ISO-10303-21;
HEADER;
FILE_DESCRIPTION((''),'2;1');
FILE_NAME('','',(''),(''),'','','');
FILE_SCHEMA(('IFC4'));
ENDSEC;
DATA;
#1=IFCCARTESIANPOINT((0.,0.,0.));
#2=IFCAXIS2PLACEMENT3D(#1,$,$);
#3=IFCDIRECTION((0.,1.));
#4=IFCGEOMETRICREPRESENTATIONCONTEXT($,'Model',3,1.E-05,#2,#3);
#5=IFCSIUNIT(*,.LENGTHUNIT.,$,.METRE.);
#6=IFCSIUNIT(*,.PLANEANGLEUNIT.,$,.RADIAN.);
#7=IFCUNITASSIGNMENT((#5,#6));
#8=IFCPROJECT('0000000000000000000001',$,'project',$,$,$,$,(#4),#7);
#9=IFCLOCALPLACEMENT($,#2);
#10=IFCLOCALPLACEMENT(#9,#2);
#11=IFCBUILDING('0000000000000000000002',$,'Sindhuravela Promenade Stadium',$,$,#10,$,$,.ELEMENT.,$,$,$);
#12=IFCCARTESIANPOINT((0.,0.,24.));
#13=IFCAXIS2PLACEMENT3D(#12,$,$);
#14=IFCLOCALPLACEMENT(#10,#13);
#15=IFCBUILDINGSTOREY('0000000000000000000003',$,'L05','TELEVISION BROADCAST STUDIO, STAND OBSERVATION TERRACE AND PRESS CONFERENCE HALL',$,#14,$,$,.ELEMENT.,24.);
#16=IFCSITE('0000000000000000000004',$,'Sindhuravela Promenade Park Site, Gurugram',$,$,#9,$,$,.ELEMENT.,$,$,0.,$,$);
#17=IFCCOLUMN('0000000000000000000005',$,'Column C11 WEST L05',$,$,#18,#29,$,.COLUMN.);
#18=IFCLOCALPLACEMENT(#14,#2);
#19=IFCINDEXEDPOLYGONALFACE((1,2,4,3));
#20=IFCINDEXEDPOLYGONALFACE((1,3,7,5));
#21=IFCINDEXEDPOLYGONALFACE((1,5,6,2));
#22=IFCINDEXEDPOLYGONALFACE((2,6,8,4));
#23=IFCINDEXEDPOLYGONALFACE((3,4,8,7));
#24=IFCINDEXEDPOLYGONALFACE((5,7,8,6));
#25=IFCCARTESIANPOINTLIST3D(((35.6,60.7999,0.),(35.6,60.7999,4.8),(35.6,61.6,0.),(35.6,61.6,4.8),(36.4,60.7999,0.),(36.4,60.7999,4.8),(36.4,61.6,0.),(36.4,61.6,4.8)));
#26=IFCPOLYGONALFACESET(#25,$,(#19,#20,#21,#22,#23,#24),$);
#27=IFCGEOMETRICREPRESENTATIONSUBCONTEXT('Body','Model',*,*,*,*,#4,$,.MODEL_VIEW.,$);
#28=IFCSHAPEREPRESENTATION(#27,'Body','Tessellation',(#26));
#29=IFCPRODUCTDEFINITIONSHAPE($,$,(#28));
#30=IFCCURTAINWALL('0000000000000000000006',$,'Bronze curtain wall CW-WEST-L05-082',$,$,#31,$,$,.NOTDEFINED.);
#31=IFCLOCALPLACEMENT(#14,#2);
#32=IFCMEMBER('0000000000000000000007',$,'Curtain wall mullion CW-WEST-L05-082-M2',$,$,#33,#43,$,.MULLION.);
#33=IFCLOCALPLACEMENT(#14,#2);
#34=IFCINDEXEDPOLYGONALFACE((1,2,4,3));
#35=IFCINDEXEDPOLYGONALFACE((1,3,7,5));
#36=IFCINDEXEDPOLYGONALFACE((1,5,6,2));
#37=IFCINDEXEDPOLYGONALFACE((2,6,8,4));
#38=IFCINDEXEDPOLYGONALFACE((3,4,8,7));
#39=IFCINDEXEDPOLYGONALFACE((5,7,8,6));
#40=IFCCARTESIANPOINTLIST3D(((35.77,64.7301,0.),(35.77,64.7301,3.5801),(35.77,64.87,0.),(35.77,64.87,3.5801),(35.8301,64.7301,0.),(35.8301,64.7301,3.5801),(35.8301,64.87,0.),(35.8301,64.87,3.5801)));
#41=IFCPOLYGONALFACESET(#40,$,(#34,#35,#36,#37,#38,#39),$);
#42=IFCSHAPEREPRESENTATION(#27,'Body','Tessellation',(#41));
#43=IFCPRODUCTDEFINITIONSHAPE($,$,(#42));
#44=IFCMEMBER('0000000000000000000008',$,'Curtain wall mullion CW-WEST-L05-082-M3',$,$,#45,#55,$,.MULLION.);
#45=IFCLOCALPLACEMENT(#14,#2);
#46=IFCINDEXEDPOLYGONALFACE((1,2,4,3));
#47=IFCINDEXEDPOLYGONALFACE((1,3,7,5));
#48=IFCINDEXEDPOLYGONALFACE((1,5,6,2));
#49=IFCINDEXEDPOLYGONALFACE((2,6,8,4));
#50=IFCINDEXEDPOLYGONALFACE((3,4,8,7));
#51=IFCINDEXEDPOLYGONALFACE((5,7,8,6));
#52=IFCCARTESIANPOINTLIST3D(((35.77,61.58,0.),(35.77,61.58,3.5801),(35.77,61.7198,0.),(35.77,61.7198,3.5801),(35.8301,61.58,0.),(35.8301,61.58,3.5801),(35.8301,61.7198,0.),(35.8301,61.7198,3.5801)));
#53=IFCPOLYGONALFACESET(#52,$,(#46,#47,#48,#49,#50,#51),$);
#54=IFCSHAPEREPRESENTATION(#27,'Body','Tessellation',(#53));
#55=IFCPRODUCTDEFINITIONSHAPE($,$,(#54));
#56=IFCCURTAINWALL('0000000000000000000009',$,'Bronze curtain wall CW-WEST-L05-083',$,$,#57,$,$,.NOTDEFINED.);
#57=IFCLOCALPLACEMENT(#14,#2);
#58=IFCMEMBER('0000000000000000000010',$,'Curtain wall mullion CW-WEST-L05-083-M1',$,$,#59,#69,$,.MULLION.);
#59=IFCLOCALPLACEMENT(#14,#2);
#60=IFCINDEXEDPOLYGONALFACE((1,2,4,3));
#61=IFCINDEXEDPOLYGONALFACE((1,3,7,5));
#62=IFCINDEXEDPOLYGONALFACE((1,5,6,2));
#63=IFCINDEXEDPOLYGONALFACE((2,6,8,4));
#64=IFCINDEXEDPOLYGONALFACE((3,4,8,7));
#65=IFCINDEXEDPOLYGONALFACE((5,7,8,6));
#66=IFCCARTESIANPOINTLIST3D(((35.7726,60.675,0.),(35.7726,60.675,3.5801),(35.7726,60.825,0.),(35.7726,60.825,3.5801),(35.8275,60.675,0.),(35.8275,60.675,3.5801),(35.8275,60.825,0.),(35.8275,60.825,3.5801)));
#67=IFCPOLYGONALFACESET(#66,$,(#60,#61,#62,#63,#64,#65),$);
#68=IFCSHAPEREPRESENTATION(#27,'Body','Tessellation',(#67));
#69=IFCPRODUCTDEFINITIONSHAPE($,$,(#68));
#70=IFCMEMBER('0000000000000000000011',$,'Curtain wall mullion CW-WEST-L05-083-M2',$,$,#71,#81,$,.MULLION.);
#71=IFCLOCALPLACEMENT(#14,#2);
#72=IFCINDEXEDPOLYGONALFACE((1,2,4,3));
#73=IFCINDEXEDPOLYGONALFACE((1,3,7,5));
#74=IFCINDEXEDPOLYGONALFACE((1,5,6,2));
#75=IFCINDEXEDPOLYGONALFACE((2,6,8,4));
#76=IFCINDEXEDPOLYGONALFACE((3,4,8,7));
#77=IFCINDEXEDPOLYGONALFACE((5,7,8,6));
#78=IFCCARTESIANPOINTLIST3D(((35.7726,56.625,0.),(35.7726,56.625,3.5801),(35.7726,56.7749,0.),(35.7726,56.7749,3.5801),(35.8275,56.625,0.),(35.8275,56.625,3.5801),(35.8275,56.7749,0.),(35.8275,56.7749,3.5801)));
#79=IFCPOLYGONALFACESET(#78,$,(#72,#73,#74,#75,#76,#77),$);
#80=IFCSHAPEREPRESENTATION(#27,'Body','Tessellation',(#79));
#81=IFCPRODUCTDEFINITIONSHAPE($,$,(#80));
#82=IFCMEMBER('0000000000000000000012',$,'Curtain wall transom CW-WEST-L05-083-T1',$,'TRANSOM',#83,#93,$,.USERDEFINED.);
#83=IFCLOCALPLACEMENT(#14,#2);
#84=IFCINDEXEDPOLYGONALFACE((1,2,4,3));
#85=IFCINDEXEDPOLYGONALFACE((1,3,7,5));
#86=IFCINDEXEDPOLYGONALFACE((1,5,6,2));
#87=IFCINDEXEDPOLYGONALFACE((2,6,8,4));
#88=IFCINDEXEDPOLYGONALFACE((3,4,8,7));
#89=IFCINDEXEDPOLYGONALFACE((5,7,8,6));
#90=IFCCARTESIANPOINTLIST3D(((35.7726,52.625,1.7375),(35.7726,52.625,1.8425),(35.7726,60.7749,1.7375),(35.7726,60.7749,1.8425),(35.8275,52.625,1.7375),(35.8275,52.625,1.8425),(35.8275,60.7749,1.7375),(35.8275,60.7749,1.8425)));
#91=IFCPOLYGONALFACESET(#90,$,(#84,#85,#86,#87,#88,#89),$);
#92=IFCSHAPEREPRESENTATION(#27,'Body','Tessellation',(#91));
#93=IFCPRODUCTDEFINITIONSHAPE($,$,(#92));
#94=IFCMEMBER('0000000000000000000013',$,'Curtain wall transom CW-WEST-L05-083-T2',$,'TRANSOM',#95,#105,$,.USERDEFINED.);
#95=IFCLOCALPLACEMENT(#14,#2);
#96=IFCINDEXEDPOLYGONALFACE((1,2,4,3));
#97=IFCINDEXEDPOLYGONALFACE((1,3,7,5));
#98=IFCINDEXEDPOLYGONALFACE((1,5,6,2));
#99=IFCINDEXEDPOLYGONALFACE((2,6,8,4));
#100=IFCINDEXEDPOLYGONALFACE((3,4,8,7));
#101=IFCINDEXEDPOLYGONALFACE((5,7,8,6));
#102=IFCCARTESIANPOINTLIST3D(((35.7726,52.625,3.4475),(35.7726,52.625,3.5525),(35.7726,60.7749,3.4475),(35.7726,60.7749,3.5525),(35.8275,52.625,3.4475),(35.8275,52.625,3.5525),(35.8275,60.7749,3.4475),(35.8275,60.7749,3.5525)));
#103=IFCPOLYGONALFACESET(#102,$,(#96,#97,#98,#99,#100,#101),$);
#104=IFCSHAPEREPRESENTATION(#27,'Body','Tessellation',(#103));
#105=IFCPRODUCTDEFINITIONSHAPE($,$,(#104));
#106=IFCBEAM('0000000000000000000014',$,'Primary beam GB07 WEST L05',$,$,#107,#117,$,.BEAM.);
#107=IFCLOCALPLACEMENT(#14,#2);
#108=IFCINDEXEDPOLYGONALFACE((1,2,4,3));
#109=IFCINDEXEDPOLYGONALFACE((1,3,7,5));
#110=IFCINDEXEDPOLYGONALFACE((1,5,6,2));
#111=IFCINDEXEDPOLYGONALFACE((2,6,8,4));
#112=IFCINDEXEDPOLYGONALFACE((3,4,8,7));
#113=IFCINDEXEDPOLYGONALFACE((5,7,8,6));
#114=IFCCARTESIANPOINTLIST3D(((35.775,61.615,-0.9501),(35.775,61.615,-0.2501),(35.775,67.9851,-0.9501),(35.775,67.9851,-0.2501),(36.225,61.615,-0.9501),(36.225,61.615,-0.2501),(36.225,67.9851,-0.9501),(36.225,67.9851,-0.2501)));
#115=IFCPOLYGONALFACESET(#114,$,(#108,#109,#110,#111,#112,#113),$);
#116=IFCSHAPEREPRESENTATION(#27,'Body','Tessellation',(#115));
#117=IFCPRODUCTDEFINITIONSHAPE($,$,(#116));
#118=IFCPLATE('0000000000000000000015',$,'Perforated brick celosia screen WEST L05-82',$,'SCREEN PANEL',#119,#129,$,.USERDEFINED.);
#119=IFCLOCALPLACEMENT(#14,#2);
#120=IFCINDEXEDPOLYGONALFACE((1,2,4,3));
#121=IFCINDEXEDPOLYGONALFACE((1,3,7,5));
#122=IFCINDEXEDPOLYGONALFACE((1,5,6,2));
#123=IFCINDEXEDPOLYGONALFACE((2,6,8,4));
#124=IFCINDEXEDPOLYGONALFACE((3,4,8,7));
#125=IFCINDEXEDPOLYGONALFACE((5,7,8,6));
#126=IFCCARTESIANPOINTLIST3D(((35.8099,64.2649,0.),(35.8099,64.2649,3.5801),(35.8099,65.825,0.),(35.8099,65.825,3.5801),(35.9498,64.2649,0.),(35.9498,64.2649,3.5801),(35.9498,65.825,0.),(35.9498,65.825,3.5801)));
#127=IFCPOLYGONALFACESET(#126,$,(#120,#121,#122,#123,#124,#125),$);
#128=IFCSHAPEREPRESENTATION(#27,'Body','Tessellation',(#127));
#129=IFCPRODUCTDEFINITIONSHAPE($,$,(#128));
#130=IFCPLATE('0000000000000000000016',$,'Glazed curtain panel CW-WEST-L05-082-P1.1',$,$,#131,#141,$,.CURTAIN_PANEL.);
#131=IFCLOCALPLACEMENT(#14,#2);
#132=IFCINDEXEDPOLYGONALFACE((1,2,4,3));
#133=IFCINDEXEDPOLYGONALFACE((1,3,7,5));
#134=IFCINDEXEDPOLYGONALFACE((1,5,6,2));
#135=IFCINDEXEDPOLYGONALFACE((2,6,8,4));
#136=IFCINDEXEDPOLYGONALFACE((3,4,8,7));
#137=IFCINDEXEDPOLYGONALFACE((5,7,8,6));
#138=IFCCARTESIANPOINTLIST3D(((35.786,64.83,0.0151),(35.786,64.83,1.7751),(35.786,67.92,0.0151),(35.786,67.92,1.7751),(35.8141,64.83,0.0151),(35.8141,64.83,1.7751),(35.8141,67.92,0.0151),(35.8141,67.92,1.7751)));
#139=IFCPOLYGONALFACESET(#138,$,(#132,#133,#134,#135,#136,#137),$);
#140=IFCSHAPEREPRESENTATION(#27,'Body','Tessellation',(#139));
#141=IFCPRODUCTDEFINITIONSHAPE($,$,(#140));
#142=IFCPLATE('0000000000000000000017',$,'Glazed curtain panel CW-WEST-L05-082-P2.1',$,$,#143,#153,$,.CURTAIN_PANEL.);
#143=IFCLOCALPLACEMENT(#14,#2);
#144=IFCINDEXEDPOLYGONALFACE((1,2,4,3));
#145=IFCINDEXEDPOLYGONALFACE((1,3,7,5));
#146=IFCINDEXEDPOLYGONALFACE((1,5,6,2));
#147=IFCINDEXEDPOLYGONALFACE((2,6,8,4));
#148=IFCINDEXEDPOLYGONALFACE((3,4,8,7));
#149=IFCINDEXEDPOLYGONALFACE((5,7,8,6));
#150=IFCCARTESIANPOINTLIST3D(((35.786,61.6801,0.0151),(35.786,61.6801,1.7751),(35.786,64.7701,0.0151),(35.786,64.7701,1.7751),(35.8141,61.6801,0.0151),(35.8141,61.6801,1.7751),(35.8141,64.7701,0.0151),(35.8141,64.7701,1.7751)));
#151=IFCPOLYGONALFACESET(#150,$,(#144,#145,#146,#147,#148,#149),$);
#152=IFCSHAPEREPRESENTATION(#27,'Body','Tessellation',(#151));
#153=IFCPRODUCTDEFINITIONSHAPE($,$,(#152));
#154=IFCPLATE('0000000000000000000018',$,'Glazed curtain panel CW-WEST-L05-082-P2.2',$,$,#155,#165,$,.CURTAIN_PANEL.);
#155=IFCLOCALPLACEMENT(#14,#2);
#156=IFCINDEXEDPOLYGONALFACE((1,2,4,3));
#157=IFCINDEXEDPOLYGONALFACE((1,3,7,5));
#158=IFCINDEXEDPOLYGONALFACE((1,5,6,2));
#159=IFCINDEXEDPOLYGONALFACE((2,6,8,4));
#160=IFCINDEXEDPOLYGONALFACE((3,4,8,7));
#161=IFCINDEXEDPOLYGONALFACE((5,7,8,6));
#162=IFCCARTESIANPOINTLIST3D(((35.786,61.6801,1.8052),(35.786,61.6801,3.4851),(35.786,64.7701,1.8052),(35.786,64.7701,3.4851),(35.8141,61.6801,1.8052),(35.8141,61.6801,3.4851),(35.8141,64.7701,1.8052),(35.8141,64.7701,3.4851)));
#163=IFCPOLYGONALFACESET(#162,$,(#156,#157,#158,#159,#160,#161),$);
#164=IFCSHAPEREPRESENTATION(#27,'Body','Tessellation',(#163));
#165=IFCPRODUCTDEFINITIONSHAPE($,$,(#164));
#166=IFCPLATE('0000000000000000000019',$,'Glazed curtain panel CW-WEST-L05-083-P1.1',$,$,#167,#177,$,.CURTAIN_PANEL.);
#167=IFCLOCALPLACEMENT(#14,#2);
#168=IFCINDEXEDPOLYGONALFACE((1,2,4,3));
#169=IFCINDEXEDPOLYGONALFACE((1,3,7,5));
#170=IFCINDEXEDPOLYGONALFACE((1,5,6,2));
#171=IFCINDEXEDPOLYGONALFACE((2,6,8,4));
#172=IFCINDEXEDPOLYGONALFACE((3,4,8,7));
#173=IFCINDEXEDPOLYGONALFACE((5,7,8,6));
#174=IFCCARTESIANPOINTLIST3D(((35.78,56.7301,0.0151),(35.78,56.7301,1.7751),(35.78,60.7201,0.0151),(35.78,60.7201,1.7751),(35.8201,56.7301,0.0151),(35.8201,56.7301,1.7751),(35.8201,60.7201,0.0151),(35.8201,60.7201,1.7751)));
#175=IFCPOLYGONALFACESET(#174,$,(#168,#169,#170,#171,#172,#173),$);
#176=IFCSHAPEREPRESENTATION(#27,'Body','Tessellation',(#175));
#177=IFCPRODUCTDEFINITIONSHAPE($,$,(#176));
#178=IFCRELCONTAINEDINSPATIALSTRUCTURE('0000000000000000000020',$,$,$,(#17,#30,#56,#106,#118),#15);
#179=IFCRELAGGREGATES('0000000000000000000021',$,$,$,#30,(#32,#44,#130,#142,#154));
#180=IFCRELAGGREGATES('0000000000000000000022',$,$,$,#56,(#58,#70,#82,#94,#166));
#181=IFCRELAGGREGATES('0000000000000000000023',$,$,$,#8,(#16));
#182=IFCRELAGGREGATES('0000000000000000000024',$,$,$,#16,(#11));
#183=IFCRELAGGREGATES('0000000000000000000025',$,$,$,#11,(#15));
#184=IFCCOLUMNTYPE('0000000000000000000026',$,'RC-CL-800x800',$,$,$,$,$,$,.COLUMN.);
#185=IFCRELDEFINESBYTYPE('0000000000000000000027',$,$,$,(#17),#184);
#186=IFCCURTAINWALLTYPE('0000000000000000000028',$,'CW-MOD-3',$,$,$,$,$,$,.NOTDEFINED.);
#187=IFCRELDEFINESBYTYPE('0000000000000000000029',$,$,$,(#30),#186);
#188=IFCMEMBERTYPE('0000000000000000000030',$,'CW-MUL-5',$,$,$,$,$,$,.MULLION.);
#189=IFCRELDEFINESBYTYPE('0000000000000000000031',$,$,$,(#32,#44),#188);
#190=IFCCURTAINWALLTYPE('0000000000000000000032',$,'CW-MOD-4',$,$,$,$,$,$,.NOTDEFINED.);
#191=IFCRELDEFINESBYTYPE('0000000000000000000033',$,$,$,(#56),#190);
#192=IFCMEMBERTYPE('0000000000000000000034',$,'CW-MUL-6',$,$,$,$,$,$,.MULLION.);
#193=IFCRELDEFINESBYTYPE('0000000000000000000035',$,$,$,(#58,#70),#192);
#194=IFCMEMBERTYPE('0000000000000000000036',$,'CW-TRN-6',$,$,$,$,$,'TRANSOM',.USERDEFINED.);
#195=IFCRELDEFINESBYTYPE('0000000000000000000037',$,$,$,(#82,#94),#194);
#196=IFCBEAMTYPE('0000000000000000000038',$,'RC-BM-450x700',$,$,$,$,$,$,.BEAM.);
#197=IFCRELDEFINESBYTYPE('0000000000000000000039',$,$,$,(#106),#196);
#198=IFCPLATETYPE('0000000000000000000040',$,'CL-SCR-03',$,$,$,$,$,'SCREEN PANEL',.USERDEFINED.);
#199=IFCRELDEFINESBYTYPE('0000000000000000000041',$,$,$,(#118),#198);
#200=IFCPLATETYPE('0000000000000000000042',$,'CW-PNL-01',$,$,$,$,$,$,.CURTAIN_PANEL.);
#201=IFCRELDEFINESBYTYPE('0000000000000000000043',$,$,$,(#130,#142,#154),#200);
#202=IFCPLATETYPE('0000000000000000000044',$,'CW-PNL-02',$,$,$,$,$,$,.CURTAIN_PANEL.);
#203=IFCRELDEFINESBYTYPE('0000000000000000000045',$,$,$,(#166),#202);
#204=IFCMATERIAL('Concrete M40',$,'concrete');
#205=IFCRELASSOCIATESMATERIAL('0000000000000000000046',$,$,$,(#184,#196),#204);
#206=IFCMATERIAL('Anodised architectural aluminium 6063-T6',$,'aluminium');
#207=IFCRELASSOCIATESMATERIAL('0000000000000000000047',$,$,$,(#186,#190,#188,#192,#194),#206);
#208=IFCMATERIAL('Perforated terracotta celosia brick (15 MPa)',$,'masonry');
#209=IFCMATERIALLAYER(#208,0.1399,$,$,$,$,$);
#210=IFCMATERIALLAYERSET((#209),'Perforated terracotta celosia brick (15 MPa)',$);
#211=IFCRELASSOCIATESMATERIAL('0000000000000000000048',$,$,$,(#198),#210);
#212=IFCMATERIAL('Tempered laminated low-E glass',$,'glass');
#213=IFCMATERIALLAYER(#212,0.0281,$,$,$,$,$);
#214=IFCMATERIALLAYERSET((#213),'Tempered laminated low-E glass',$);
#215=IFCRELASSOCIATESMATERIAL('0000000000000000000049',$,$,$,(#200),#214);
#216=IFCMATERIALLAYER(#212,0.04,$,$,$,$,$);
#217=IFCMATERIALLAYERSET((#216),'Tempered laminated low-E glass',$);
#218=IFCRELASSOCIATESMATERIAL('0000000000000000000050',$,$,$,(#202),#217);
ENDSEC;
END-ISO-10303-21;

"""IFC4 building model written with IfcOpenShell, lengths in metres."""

from ifc_helpers import new_model, si_unit, direction, frame, origin, origin_2d, place, context, subcontext, project, spatial, rectangle, extrude, material, layer, layer_set, material_profile, profile_set, type_object, element, aggregate, save


model = new_model("IFC4")

# Units and contexts
model_context = context("Model", 3, precision=1e-05, world=origin(), true_north=direction((0.0, 1.0)))
body_context = subcontext(model_context, "Body", "Model", "MODEL_VIEW")
ifc_project = project(units=[si_unit("LENGTHUNIT", "METRE"), si_unit("PLANEANGLEUNIT", "RADIAN")], contexts=[model_context])

# Site, building, storey
site_placement = place(None, origin())
site = spatial("IfcSite", under=ifc_project, at=site_placement, Name="Sindhuravela Promenade Park Site, Gurugram", CompositionType="ELEMENT", RefElevation=0.0)
building_placement = place(site_placement, origin())
building = spatial("IfcBuilding", under=site, at=building_placement, Name="Sindhuravela Promenade Stadium", CompositionType="ELEMENT")
storey_placement = place(building_placement, frame((0.0, 0.0, 24.0)))
storey = spatial("IfcBuildingStorey", under=building, at=storey_placement, Name="L05", Description="TELEVISION BROADCAST STUDIO, STAND OBSERVATION TERRACE AND PRESS CONFERENCE HALL", CompositionType="ELEMENT", Elevation=24.0)

# Column
ifc_material_1 = material(Name="Concrete M40", Category="concrete")
ifc_material_profile_1 = material_profile(ifc_material_1, rectangle(XDim=0.8, YDim=0.8, at=origin_2d()), Name="RC 800x800")
ifc_profile_set_1 = profile_set([ifc_material_profile_1], Name="Concrete M40")
column_type = type_object("IfcColumnType", Name="RC-CL-800x800", PredefinedType="COLUMN", material=ifc_profile_set_1)
column_placement = place(storey_placement, frame((36.0, 61.2, 0.0), z_axis=(0.0, 0.0, 1.0), x_axis=(1.0, 0.0, 0.0)))
element("IfcColumn", 1, at=column_placement, inside=storey, type_object=column_type, Name="Column C11 WEST L05", PredefinedType="COLUMN", context=body_context, shape_type="SweptSolid", body=[
    extrude(rectangle(XDim=0.8, YDim=0.8, at=origin_2d()), origin(), (0.0, 0.0, 1.0), 4.8),
])

# Curtain walls, members
ifc_material_2 = material(Name="Anodised architectural aluminium 6063-T6", Category="aluminium")
curtain_wall_type_1 = type_object("IfcCurtainWallType", Name="CW-MOD-3", PredefinedType="NOTDEFINED", material=ifc_material_2)
curtain_wall_1_placement = place(storey_placement, origin())
curtain_wall_1 = element("IfcCurtainWall", 2, at=curtain_wall_1_placement, inside=storey, type_object=curtain_wall_type_1, Name="Bronze curtain wall CW-WEST-L05-082", PredefinedType="NOTDEFINED")
ifc_material_profile_2 = material_profile(ifc_material_2, rectangle(XDim=0.0601, YDim=0.1399, at=origin_2d()), Name="ALU M60x140")
ifc_profile_set_2 = profile_set([ifc_material_profile_2], Name="Anodised architectural aluminium 6063-T6")
member_type_1 = type_object("IfcMemberType", Name="CW-MUL-5", PredefinedType="MULLION", material=ifc_profile_set_2)
member_1_placement = place(storey_placement, frame((35.8, 64.8, 0.0), z_axis=(0.0, 0.0, 1.0), x_axis=(1.0, 0.0, 0.0)))
member_1 = element("IfcMember", 3, at=member_1_placement, type_object=member_type_1, Name="Curtain wall mullion CW-WEST-L05-082-M2", PredefinedType="MULLION", context=body_context, shape_type="SweptSolid", body=[
    extrude(rectangle(XDim=0.0601, YDim=0.1399, at=origin_2d()), origin(), (0.0, 0.0, 1.0), 3.5801),
])
member_2_placement = place(storey_placement, frame((35.8, 61.6499, 0.0), z_axis=(0.0, 0.0, 1.0), x_axis=(1.0, 0.0, 0.0)))
member_2 = element("IfcMember", 4, at=member_2_placement, type_object=member_type_1, Name="Curtain wall mullion CW-WEST-L05-082-M3", PredefinedType="MULLION", context=body_context, shape_type="SweptSolid", body=[
    extrude(rectangle(XDim=0.0601, YDim=0.1399, at=origin_2d()), origin(), (0.0, 0.0, 1.0), 3.5801),
])
curtain_wall_type_2 = type_object("IfcCurtainWallType", Name="CW-MOD-4", PredefinedType="NOTDEFINED", material=ifc_material_2)
curtain_wall_2_placement = place(storey_placement, origin())
curtain_wall_2 = element("IfcCurtainWall", 5, at=curtain_wall_2_placement, inside=storey, type_object=curtain_wall_type_2, Name="Bronze curtain wall CW-WEST-L05-083", PredefinedType="NOTDEFINED")
ifc_material_profile_3 = material_profile(ifc_material_2, rectangle(XDim=0.0549, YDim=0.1499, at=origin_2d()), Name="ALU M55x150")
ifc_profile_set_3 = profile_set([ifc_material_profile_3], Name="Anodised architectural aluminium 6063-T6")
member_type_2 = type_object("IfcMemberType", Name="CW-MUL-6", PredefinedType="MULLION", material=ifc_profile_set_3)
member_3_placement = place(storey_placement, frame((35.8, 60.75, 0.0), z_axis=(0.0, 0.0, 1.0), x_axis=(1.0, 0.0, 0.0)))
member_3 = element("IfcMember", 6, at=member_3_placement, type_object=member_type_2, Name="Curtain wall mullion CW-WEST-L05-083-M1", PredefinedType="MULLION", context=body_context, shape_type="SweptSolid", body=[
    extrude(rectangle(XDim=0.0549, YDim=0.1499, at=origin_2d()), origin(), (0.0, 0.0, 1.0), 3.5801),
])
member_4_placement = place(storey_placement, frame((35.8, 56.7, 0.0), z_axis=(0.0, 0.0, 1.0), x_axis=(1.0, 0.0, 0.0)))
member_4 = element("IfcMember", 7, at=member_4_placement, type_object=member_type_2, Name="Curtain wall mullion CW-WEST-L05-083-M2", PredefinedType="MULLION", context=body_context, shape_type="SweptSolid", body=[
    extrude(rectangle(XDim=0.0549, YDim=0.1499, at=origin_2d()), origin(), (0.0, 0.0, 1.0), 3.5801),
])
ifc_material_profile_4 = material_profile(ifc_material_2, rectangle(XDim=0.0549, YDim=0.105, at=origin_2d()), Name="ALU T55x105")
ifc_profile_set_4 = profile_set([ifc_material_profile_4], Name="Anodised architectural aluminium 6063-T6")
member_type_3 = type_object("IfcMemberType", Name="CW-TRN-6", ElementType="TRANSOM", PredefinedType="USERDEFINED", material=ifc_profile_set_4)
member_5_placement = place(storey_placement, frame((35.8, 60.7749, 1.79), z_axis=(0.0, -1.0, 0.0), x_axis=(1.0, 0.0, 0.0)))
member_5 = element("IfcMember", 8, at=member_5_placement, type_object=member_type_3, Name="Curtain wall transom CW-WEST-L05-083-T1", ObjectType="TRANSOM", PredefinedType="USERDEFINED", context=body_context, shape_type="SweptSolid", body=[
    extrude(rectangle(XDim=0.0549, YDim=0.105, at=origin_2d()), origin(), (0.0, 0.0, 1.0), 8.1499),
])
member_6_placement = place(storey_placement, frame((35.8, 60.7749, 3.5), z_axis=(0.0, -1.0, 0.0), x_axis=(1.0, 0.0, 0.0)))
member_6 = element("IfcMember", 9, at=member_6_placement, type_object=member_type_3, Name="Curtain wall transom CW-WEST-L05-083-T2", ObjectType="TRANSOM", PredefinedType="USERDEFINED", context=body_context, shape_type="SweptSolid", body=[
    extrude(rectangle(XDim=0.0549, YDim=0.105, at=origin_2d()), origin(), (0.0, 0.0, 1.0), 8.1499),
])

# Beam
ifc_material_profile_5 = material_profile(ifc_material_1, rectangle(XDim=0.45, YDim=0.7, at=origin_2d()), Name="RC 450x700")
ifc_profile_set_5 = profile_set([ifc_material_profile_5], Name="Concrete M40")
beam_type = type_object("IfcBeamType", Name="RC-BM-450x700", PredefinedType="BEAM", material=ifc_profile_set_5)
beam_placement = place(storey_placement, frame((36.0, 61.615, -0.6001), z_axis=(0.0, 1.0, 0.0), x_axis=(-1.0, 0.0, 0.0)))
element("IfcBeam", 10, at=beam_placement, inside=storey, type_object=beam_type, Name="Primary beam GB07 WEST L05", PredefinedType="BEAM", context=body_context, shape_type="SweptSolid", body=[
    extrude(rectangle(XDim=0.45, YDim=0.7, at=origin_2d()), origin(), (0.0, 0.0, 1.0), 6.3701),
])

# Plates
ifc_material_3 = material(Name="Perforated terracotta celosia brick (15 MPa)", Category="masonry")
ifc_layer_1 = layer(ifc_material_3, 0.1399)
ifc_layer_set_1 = layer_set([ifc_layer_1], Name="Perforated terracotta celosia brick (15 MPa)")
plate_type_1 = type_object("IfcPlateType", Name="CL-SCR-03", ElementType="SCREEN PANEL", PredefinedType="USERDEFINED", material=ifc_layer_set_1)
plate_1_placement = place(storey_placement, frame((35.8799, 65.0449, 0.0), z_axis=(0.0, 0.0, 1.0), x_axis=(0.0, -1.0, 0.0)))
element("IfcPlate", 11, at=plate_1_placement, inside=storey, type_object=plate_type_1, Name="Perforated brick celosia screen WEST L05-82", ObjectType="SCREEN PANEL", PredefinedType="USERDEFINED", context=body_context, shape_type="SweptSolid", body=[
    extrude(rectangle(XDim=1.5601, YDim=0.1399, at=origin_2d()), origin(), (0.0, 0.0, 1.0), 3.5801),
])
ifc_material_4 = material(Name="Tempered laminated low-E glass", Category="glass")
ifc_layer_2 = layer(ifc_material_4, 0.0281)
ifc_layer_set_2 = layer_set([ifc_layer_2], Name="Tempered laminated low-E glass")
plate_type_2 = type_object("IfcPlateType", Name="CW-PNL-01", PredefinedType="CURTAIN_PANEL", material=ifc_layer_set_2)
plate_2_placement = place(storey_placement, frame((35.8, 66.375, 0.0151), z_axis=(0.0, 0.0, 1.0), x_axis=(0.0, -1.0, 0.0)))
plate_2 = element("IfcPlate", 12, at=plate_2_placement, type_object=plate_type_2, Name="Glazed curtain panel CW-WEST-L05-082-P1.1", PredefinedType="CURTAIN_PANEL", context=body_context, shape_type="SweptSolid", body=[
    extrude(rectangle(XDim=3.0901, YDim=0.0281, at=origin_2d()), origin(), (0.0, 0.0, 1.0), 1.76),
])
plate_3_placement = place(storey_placement, frame((35.8, 63.2251, 0.0151), z_axis=(0.0, 0.0, 1.0), x_axis=(0.0, -1.0, 0.0)))
plate_3 = element("IfcPlate", 13, at=plate_3_placement, type_object=plate_type_2, Name="Glazed curtain panel CW-WEST-L05-082-P2.1", PredefinedType="CURTAIN_PANEL", context=body_context, shape_type="SweptSolid", body=[
    extrude(rectangle(XDim=3.0901, YDim=0.0281, at=origin_2d()), origin(), (0.0, 0.0, 1.0), 1.76),
])
plate_4_placement = place(storey_placement, frame((35.8, 63.2251, 1.8052), z_axis=(0.0, 0.0, 1.0), x_axis=(0.0, -1.0, 0.0)))
plate_4 = element("IfcPlate", 14, at=plate_4_placement, type_object=plate_type_2, Name="Glazed curtain panel CW-WEST-L05-082-P2.2", PredefinedType="CURTAIN_PANEL", context=body_context, shape_type="SweptSolid", body=[
    extrude(rectangle(XDim=3.0901, YDim=0.0281, at=origin_2d()), origin(), (0.0, 0.0, 1.0), 1.6799),
])
aggregate(curtain_wall_1, [member_1, member_2, plate_2, plate_3, plate_4])
ifc_layer_3 = layer(ifc_material_4, 0.04)
ifc_layer_set_3 = layer_set([ifc_layer_3], Name="Tempered laminated low-E glass")
plate_type_3 = type_object("IfcPlateType", Name="CW-PNL-02", PredefinedType="CURTAIN_PANEL", material=ifc_layer_set_3)
plate_5_placement = place(storey_placement, frame((35.8, 58.7251, 0.0151), z_axis=(0.0, 0.0, 1.0), x_axis=(0.0, -1.0, 0.0)))
plate_5 = element("IfcPlate", 15, at=plate_5_placement, type_object=plate_type_3, Name="Glazed curtain panel CW-WEST-L05-083-P1.1", PredefinedType="CURTAIN_PANEL", context=body_context, shape_type="SweptSolid", body=[
    extrude(rectangle(XDim=3.99, YDim=0.04, at=origin_2d()), origin(), (0.0, 0.0, 1.0), 1.76),
])
aggregate(curtain_wall_2, [member_3, member_4, member_5, member_6, plate_5])

save(model, "model.ifc")
